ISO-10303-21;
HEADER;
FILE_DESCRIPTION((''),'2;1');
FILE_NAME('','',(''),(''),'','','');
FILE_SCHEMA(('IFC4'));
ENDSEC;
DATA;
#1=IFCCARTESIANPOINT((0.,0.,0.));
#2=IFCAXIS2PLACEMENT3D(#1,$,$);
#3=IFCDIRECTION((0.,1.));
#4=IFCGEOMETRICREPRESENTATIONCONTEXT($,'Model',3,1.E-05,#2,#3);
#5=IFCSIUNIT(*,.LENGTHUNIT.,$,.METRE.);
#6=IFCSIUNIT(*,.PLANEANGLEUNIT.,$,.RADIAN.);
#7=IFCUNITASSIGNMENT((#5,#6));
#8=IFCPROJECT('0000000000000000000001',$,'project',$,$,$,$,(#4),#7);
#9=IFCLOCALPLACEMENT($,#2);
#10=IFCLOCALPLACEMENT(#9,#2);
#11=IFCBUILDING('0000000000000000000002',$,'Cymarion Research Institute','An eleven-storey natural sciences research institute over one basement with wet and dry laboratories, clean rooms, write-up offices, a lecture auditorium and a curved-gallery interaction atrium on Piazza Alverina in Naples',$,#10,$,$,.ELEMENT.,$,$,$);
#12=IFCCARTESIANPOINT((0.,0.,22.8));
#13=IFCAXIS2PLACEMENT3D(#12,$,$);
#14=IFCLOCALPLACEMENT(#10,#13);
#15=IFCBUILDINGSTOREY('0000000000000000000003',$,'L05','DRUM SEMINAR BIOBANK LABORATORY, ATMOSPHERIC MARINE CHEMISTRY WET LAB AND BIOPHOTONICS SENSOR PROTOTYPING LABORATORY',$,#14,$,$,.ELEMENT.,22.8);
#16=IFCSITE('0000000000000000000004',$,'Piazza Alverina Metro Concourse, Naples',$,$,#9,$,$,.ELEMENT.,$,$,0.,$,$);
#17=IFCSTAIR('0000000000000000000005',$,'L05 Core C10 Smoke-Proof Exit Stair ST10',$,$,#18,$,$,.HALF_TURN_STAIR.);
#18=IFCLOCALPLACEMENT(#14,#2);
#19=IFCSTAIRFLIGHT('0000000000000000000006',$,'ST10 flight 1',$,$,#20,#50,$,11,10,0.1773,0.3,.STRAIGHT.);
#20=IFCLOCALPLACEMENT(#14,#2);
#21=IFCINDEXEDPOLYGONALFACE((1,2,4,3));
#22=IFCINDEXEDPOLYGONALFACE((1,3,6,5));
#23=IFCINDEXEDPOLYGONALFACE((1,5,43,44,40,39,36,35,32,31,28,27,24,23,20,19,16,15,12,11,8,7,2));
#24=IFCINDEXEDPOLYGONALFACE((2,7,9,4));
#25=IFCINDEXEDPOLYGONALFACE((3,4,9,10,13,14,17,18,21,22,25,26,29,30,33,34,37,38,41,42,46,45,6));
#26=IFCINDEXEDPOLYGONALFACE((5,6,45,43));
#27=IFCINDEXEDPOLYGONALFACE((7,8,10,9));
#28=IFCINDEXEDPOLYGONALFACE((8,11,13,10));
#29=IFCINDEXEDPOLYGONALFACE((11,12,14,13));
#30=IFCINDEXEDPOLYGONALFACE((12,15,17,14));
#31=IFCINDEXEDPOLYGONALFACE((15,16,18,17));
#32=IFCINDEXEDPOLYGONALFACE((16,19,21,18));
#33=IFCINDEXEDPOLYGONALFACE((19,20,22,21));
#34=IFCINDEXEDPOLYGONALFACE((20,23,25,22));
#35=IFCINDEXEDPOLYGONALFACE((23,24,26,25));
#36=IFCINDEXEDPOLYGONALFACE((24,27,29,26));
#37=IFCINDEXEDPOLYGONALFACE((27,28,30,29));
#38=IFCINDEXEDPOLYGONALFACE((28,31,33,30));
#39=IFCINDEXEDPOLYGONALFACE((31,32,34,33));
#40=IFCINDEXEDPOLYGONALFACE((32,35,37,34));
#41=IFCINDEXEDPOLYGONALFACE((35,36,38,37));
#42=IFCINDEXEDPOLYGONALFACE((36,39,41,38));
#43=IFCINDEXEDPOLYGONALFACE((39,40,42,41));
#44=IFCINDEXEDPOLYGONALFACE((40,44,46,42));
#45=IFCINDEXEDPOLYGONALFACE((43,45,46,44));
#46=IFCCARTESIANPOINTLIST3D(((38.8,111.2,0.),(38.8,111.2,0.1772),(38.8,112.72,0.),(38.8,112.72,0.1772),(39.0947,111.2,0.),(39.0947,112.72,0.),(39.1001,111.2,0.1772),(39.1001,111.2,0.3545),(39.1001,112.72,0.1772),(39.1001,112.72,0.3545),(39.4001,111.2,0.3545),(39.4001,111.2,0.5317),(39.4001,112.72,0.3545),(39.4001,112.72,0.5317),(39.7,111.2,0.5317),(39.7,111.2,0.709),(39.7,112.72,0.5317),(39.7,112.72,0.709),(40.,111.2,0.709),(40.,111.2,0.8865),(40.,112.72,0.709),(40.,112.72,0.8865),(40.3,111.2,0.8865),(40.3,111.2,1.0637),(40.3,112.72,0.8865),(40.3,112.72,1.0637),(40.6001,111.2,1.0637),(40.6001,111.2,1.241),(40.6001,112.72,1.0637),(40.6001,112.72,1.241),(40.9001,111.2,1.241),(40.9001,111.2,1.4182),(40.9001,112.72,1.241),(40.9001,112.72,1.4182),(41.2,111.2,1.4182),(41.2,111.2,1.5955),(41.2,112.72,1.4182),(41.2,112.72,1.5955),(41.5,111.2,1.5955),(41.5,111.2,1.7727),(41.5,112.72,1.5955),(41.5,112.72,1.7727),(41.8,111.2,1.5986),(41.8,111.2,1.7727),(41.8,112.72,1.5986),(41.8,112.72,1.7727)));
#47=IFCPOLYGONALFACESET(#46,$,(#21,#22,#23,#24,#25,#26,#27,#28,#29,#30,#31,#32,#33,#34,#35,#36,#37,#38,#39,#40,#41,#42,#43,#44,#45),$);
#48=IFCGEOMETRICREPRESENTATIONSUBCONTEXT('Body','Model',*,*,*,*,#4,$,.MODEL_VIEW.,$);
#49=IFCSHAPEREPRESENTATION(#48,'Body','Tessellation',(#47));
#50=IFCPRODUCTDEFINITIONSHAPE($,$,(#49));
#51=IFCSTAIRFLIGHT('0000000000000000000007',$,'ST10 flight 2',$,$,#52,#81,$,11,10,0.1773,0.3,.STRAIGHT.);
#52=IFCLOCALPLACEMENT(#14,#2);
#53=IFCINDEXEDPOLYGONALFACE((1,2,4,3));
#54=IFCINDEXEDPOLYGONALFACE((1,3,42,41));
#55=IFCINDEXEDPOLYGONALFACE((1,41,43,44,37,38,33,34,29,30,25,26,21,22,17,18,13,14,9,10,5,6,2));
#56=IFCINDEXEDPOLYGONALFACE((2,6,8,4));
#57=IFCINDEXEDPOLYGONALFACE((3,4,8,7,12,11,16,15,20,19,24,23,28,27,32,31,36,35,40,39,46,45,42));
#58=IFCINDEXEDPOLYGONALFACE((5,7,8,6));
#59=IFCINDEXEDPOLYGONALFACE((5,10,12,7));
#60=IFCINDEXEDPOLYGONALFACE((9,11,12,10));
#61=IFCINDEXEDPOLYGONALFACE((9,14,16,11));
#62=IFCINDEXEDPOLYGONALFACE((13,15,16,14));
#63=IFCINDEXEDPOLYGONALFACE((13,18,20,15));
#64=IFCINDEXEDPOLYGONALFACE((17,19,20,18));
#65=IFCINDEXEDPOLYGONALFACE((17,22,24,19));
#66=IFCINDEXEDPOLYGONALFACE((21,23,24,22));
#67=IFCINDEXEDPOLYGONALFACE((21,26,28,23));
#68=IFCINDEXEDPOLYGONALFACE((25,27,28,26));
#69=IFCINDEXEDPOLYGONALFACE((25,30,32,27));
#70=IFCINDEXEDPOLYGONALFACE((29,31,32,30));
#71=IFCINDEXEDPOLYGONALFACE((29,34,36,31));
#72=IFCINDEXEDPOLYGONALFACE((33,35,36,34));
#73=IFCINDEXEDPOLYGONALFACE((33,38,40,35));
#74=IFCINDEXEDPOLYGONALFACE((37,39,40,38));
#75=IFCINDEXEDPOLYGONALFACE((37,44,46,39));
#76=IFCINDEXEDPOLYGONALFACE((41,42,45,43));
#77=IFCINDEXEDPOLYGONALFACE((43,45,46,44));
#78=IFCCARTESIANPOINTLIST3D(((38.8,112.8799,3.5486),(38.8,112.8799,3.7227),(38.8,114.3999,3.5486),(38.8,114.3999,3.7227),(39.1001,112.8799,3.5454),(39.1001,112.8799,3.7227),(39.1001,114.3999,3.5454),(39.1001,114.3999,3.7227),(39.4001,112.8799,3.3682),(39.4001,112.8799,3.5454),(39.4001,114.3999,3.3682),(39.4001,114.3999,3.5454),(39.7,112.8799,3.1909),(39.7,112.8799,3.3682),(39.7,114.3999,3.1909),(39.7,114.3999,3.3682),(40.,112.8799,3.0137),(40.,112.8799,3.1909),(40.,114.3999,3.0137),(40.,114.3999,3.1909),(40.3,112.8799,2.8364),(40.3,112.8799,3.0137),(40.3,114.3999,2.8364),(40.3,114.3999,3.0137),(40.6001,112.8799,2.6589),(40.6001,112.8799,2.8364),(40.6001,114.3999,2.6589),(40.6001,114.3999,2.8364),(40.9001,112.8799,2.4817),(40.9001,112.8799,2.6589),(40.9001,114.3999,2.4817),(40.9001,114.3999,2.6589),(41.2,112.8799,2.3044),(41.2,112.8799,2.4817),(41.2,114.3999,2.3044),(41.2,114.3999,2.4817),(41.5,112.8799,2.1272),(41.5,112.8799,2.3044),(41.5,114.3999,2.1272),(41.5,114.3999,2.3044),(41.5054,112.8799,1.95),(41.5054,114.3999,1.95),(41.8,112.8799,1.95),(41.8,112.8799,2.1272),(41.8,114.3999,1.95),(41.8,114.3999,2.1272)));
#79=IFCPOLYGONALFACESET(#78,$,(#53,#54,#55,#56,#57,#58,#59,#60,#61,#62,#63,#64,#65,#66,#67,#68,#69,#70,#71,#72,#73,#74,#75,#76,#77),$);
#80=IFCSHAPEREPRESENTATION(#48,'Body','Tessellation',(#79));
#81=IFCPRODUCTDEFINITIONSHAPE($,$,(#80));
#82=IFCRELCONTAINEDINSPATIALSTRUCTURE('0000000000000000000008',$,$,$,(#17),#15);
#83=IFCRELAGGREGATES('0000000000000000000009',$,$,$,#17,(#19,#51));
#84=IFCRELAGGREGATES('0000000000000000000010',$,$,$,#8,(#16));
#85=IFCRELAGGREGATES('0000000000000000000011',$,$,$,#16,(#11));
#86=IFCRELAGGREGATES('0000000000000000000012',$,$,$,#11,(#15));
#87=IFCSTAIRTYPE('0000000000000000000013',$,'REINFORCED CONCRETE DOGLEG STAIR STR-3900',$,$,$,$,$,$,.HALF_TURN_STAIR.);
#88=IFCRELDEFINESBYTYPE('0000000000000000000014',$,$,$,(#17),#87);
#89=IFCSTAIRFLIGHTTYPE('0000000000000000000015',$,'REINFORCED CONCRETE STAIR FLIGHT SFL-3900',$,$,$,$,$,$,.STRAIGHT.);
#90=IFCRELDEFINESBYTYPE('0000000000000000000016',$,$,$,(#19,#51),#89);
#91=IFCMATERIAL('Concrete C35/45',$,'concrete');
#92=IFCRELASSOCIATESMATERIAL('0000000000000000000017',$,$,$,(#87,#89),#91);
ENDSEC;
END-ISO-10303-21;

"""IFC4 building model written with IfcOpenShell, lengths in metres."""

from ifc_helpers import new_model, si_unit, direction, frame, origin, place, context, subcontext, project, spatial, polyline, outline, extrude, material, type_object, element, aggregate, save


model = new_model("IFC4")

# Units and contexts
model_context = context("Model", 3, precision=1e-05, world=origin(), true_north=direction((0.0, 1.0)))
body_context = subcontext(model_context, "Body", "Model", "MODEL_VIEW")
ifc_project = project(units=[si_unit("LENGTHUNIT", "METRE"), si_unit("PLANEANGLEUNIT", "RADIAN")], contexts=[model_context])

# Site, building, storey
site_placement = place(None, origin())
site = spatial("IfcSite", under=ifc_project, at=site_placement, Name="Piazza Alverina Metro Concourse, Naples", CompositionType="ELEMENT", RefElevation=0.0)
building_placement = place(site_placement, origin())
building = spatial("IfcBuilding", under=site, at=building_placement, Name="Cymarion Research Institute", Description="An eleven-storey natural sciences research institute over one basement with wet and dry laboratories, clean rooms, write-up offices, a lecture auditorium and a curved-gallery interaction atrium on Piazza Alverina in Naples", CompositionType="ELEMENT")
storey_placement = place(building_placement, frame((0.0, 0.0, 22.8)))
storey = spatial("IfcBuildingStorey", under=building, at=storey_placement, Name="L05", Description="DRUM SEMINAR BIOBANK LABORATORY, ATMOSPHERIC MARINE CHEMISTRY WET LAB AND BIOPHOTONICS SENSOR PROTOTYPING LABORATORY", CompositionType="ELEMENT", Elevation=22.8)

# Stair, stair flights
ifc_material_1 = material(Name="Concrete C35/45", Category="concrete")
stair_type = type_object("IfcStairType", Name="REINFORCED CONCRETE DOGLEG STAIR STR-3900", PredefinedType="HALF_TURN_STAIR", material=ifc_material_1)
stair_placement = place(storey_placement, origin())
stair = element("IfcStair", 1, at=stair_placement, inside=storey, type_object=stair_type, Name="L05 Core C10 Smoke-Proof Exit Stair ST10", PredefinedType="HALF_TURN_STAIR")
stair_flight_type = type_object("IfcStairFlightType", Name="REINFORCED CONCRETE STAIR FLIGHT SFL-3900", PredefinedType="STRAIGHT", material=ifc_material_1)
stair_flight_1_placement = place(storey_placement, frame((38.8, 111.96, 0.0), z_axis=(0.0, 0.0, 1.0), x_axis=(1.0, 0.0, 0.0)))
stair_flight_1 = element("IfcStairFlight", 2, at=stair_flight_1_placement, type_object=stair_flight_type, Name="ST10 flight 1", NumberOfRisers=11, NumberOfTreads=10, PredefinedType="STRAIGHT", RiserHeight=0.1773, TreadLength=0.3, context=body_context, shape_type="SweptSolid", body=[
    extrude(outline(polyline([(0.0, 0.0), (0.0, 0.1772), (0.3, 0.1772), (0.3, 0.3545), (0.6001, 0.3545), (0.6001, 0.5317), (0.8999, 0.5317), (0.8999, 0.709), (1.2, 0.709), (1.2, 0.8865), (1.5, 0.8865), (1.5, 1.0637), (1.8, 1.0637), (1.8, 1.241), (2.1001, 1.241), (2.1001, 1.4182), (2.3999, 1.4182), (2.3999, 1.5955), (2.7, 1.5955), (2.7, 1.7727), (3.0, 1.7727), (3.0, 1.95), (3.0, 1.5986), (0.2947, 0.0), (0.0, 0.0)])), frame((0.0, 0.76, 0.0), z_axis=(0.0, -1.0, 0.0), x_axis=(1.0, 0.0, 0.0)), (0.0, 0.0, 1.0), 1.52),
])
stair_flight_2_placement = place(storey_placement, frame((41.8, 113.6399, 1.95), z_axis=(0.0, 0.0, 1.0), x_axis=(-1.0, 0.0, 0.0)))
stair_flight_2 = element("IfcStairFlight", 3, at=stair_flight_2_placement, type_object=stair_flight_type, Name="ST10 flight 2", NumberOfRisers=11, NumberOfTreads=10, PredefinedType="STRAIGHT", RiserHeight=0.1773, TreadLength=0.3, context=body_context, shape_type="SweptSolid", body=[
    extrude(outline(polyline([(0.0, 0.0), (0.0, 0.1772), (0.3, 0.1772), (0.3, 0.3545), (0.6001, 0.3545), (0.6001, 0.5317), (0.8999, 0.5317), (0.8999, 0.709), (1.2, 0.709), (1.2, 0.8865), (1.5, 0.8865), (1.5, 1.0637), (1.8, 1.0637), (1.8, 1.241), (2.1001, 1.241), (2.1001, 1.4182), (2.3999, 1.4182), (2.3999, 1.5955), (2.7, 1.5955), (2.7, 1.7727), (3.0, 1.7727), (3.0, 1.95), (3.0, 1.5986), (0.2947, 0.0), (0.0, 0.0)])), frame((0.0, 0.76, 0.0), z_axis=(0.0, -1.0, 0.0), x_axis=(1.0, 0.0, 0.0)), (0.0, 0.0, 1.0), 1.52),
])
aggregate(stair, [stair_flight_1, stair_flight_2])

save(model, "model.ifc")
